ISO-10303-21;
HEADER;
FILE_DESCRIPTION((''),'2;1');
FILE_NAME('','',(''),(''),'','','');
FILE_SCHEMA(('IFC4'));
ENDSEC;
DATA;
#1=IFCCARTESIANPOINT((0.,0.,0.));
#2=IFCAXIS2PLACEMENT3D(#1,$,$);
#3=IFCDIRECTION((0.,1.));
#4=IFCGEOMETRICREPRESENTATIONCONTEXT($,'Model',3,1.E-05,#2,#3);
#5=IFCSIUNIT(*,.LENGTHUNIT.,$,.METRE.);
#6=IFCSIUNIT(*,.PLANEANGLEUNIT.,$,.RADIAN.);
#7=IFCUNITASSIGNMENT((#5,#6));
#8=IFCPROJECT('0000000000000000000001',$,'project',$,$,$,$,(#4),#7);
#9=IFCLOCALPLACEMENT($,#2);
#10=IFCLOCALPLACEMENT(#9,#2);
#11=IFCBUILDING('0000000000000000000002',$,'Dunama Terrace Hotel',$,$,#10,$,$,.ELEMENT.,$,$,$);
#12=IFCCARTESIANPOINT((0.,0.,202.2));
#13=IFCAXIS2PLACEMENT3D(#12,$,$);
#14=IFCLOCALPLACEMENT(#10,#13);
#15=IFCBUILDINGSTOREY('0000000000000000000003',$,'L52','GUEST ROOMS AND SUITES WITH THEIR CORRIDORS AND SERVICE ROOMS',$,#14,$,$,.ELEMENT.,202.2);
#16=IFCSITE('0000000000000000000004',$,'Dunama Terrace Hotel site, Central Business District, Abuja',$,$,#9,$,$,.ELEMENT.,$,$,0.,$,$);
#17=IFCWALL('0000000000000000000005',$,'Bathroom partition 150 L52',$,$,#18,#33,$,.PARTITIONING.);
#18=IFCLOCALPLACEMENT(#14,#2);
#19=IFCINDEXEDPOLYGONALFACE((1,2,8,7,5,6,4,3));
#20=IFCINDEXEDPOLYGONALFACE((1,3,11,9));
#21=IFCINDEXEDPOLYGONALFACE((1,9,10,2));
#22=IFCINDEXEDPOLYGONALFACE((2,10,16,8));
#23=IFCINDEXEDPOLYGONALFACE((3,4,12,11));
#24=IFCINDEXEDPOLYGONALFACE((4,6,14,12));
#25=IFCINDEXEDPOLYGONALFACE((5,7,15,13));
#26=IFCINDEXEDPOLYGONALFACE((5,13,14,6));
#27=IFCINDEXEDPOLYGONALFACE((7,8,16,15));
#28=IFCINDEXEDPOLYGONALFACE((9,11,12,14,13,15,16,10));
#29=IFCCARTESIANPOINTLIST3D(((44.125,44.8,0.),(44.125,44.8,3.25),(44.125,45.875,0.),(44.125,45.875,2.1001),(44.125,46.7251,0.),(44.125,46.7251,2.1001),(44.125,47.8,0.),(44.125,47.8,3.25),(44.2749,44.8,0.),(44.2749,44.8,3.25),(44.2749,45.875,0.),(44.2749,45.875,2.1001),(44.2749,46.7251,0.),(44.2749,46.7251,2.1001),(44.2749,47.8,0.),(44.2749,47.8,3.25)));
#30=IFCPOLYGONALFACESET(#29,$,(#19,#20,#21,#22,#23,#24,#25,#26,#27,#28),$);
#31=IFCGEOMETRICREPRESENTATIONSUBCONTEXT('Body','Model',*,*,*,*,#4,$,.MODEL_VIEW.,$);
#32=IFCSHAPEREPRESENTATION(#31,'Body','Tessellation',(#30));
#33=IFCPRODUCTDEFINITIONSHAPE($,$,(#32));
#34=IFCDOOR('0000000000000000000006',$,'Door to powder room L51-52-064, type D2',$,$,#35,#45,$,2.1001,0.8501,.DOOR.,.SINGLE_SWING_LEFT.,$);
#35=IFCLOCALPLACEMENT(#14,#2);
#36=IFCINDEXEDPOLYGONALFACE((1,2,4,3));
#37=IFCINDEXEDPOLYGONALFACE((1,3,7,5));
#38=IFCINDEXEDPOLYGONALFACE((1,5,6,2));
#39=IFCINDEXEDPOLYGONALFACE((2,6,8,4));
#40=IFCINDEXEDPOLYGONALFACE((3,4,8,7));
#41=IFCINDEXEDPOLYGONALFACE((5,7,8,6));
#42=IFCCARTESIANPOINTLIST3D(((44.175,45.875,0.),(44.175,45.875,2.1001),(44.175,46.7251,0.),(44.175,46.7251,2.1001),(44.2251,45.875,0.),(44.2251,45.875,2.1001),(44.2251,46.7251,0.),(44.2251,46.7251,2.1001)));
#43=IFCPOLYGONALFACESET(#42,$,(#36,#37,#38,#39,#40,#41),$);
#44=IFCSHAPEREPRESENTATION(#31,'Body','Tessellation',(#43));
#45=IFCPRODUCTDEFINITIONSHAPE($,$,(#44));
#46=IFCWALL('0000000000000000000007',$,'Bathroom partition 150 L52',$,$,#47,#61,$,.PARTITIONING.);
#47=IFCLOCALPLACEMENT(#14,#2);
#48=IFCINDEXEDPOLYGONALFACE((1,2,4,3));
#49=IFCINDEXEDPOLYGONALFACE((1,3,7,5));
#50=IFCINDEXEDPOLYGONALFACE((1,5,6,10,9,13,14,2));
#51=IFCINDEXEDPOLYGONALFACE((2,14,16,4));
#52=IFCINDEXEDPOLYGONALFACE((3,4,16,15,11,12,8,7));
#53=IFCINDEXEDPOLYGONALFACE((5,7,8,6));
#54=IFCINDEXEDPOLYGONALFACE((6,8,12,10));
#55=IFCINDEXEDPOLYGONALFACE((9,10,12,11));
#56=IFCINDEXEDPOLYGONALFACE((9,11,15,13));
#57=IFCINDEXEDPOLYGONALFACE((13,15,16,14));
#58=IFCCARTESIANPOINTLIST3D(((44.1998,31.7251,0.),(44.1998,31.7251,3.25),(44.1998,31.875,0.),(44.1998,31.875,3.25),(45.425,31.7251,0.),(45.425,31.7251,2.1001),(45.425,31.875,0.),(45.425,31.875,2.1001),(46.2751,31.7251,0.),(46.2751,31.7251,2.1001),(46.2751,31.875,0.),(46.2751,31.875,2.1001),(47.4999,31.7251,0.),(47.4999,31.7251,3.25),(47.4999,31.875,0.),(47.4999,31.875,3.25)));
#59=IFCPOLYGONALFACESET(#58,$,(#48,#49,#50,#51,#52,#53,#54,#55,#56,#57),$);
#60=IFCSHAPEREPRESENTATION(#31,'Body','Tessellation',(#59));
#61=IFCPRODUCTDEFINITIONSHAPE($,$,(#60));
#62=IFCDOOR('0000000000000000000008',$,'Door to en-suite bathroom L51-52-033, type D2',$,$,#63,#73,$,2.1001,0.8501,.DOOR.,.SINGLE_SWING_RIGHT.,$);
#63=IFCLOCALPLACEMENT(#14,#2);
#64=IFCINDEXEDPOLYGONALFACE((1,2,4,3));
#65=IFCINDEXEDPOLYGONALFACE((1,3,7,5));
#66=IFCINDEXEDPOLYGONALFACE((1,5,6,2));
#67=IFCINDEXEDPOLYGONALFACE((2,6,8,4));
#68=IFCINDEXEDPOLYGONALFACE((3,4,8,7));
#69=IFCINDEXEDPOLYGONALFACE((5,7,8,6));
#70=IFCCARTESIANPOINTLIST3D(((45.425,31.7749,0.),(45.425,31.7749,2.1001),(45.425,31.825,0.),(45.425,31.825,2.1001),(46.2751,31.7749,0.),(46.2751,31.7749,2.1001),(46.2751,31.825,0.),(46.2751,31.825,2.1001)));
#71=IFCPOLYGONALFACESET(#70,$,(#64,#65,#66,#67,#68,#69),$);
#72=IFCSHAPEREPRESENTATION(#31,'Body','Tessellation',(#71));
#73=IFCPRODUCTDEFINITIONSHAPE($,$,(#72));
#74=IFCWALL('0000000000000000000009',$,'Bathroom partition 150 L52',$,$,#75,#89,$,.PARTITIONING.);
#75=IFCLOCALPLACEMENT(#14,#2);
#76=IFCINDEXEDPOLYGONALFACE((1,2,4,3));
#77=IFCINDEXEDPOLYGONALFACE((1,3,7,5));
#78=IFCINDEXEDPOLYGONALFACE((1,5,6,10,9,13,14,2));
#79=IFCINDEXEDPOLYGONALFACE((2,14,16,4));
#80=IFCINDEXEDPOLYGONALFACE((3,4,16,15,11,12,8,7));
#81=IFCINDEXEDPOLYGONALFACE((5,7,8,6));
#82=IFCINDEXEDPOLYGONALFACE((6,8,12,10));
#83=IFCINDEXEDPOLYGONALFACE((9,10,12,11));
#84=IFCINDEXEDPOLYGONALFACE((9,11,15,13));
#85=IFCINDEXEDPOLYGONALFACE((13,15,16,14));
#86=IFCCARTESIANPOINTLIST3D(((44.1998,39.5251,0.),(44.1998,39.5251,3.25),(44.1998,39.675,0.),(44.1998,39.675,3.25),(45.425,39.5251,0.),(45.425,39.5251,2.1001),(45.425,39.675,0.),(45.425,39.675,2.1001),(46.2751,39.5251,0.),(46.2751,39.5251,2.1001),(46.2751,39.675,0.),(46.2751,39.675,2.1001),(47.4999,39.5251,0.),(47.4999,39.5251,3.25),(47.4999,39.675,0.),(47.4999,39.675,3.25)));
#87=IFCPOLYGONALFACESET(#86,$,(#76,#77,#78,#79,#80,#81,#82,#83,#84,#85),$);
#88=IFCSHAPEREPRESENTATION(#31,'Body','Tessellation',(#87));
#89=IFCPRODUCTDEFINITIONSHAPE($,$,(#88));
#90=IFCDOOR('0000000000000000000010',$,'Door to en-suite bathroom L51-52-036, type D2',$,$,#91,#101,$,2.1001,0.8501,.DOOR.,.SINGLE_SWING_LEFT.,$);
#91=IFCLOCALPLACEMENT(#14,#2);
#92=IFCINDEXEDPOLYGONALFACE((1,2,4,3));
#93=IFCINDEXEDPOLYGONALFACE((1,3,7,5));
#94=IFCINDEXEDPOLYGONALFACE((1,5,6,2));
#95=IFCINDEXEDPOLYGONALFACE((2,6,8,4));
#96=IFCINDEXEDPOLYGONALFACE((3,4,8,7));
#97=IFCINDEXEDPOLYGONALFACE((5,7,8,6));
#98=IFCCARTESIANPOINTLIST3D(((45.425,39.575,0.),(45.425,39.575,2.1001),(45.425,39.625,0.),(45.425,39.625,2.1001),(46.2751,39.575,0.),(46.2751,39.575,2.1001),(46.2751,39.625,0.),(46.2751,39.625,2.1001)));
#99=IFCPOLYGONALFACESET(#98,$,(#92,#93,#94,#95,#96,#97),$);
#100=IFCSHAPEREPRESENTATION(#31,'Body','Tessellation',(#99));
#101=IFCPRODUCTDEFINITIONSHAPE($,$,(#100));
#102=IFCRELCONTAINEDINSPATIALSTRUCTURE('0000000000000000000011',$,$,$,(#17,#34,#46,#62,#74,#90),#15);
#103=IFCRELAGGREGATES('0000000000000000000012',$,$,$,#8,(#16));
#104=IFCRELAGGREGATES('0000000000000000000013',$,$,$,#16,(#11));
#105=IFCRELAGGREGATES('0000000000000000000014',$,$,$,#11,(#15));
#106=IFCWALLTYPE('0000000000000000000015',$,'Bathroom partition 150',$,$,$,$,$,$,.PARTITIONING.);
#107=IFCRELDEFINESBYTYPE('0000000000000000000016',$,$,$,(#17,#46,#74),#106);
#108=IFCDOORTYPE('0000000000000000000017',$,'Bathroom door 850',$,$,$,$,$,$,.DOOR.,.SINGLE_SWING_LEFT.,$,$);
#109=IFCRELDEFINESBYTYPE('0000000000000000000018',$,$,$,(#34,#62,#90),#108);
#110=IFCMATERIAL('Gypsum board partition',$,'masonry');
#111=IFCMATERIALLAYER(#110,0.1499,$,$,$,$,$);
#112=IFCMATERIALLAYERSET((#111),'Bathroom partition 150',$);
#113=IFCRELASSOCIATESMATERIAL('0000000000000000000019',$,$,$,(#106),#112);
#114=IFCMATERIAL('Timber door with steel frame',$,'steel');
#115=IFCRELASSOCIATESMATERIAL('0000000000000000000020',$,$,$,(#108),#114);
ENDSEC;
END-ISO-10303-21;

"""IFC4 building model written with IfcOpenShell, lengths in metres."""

from ifc_helpers import new_model, si_unit, direction, frame, frame_2d, origin, place, context, subcontext, project, spatial, rectangle, extrude, material, layer, layer_set, type_object, element, fill, save


model = new_model("IFC4")

# Units and contexts
model_context = context("Model", 3, precision=1e-05, world=origin(), true_north=direction((0.0, 1.0)))
body_context = subcontext(model_context, "Body", "Model", "MODEL_VIEW")
ifc_project = project(units=[si_unit("LENGTHUNIT", "METRE"), si_unit("PLANEANGLEUNIT", "RADIAN")], contexts=[model_context])

# Site, building, storey
site_placement = place(None, origin())
site = spatial("IfcSite", under=ifc_project, at=site_placement, Name="Dunama Terrace Hotel site, Central Business District, Abuja", CompositionType="ELEMENT", RefElevation=0.0)
building_placement = place(site_placement, origin())
building = spatial("IfcBuilding", under=site, at=building_placement, Name="Dunama Terrace Hotel", CompositionType="ELEMENT")
storey_placement = place(building_placement, frame((0.0, 0.0, 202.2)))
storey = spatial("IfcBuildingStorey", under=building, at=storey_placement, Name="L52", Description="GUEST ROOMS AND SUITES WITH THEIR CORRIDORS AND SERVICE ROOMS", CompositionType="ELEMENT", Elevation=202.2)

# Walls, openings, doors
ifc_material_1 = material(Name="Gypsum board partition", Category="masonry")
ifc_layer_1 = layer(ifc_material_1, 0.1499)
ifc_layer_set_1 = layer_set([ifc_layer_1], Name="Bathroom partition 150")
wall_type_1 = type_object("IfcWallType", Name="Bathroom partition 150", PredefinedType="PARTITIONING", material=ifc_layer_set_1)
wall_1_placement = place(storey_placement, frame((44.2, 44.8, 0.0), z_axis=(0.0, 0.0, 1.0), x_axis=(0.0, 1.0, 0.0)))
wall_1 = element("IfcWall", 1, at=wall_1_placement, inside=storey, type_object=wall_type_1, Name="Bathroom partition 150 L52", PredefinedType="PARTITIONING", context=body_context, shape_type="SweptSolid", body=[
    extrude(rectangle(XDim=3.0, YDim=0.1499, at=frame_2d((1.5, 0.0))), origin(), (0.0, 0.0, 1.0), 3.25),
])
opening_1_placement = place(wall_1_placement, frame((1.075, 0.0, 0.0)))
opening_1 = element("IfcOpeningElement", 2, at=opening_1_placement, cuts=wall_1, PredefinedType="OPENING", context=body_context, shape_type="SweptSolid", body=[
    extrude(rectangle(XDim=0.8501, YDim=2.1001, at=frame_2d((0.425, 1.05))), frame((0.0, 0.085, 0.0), z_axis=(0.0, -1.0, 0.0), x_axis=(1.0, 0.0, 0.0)), (0.0, 0.0, 1.0), 0.1699),
])
ifc_material_2 = material(Name="Timber door with steel frame", Category="steel")
door_type_1 = type_object("IfcDoorType", Name="Bathroom door 850", OperationType="SINGLE_SWING_LEFT", PredefinedType="DOOR", material=ifc_material_2)
door_1_placement = place(opening_1_placement, origin())
door_1 = element("IfcDoor", 3, at=door_1_placement, inside=storey, type_object=door_type_1, Name="Door to powder room L51-52-064, type D2", OperationType="SINGLE_SWING_LEFT", OverallHeight=2.1001, OverallWidth=0.8501, PredefinedType="DOOR", context=body_context, shape_type="SweptSolid", body=[
    extrude(rectangle(XDim=0.8501, YDim=2.1001, at=frame_2d((0.425, 1.05))), frame((0.0, 0.0249, 0.0), z_axis=(0.0, -1.0, 0.0), x_axis=(1.0, 0.0, 0.0)), (0.0, 0.0, 1.0), 0.05),
])
fill(opening_1, door_1)
wall_2_placement = place(storey_placement, frame((44.2, 31.8, 0.0), z_axis=(0.0, 0.0, 1.0), x_axis=(1.0, 0.0, 0.0)))
wall_2 = element("IfcWall", 4, at=wall_2_placement, inside=storey, type_object=wall_type_1, Name="Bathroom partition 150 L52", PredefinedType="PARTITIONING", context=body_context, shape_type="SweptSolid", body=[
    extrude(rectangle(XDim=3.3, YDim=0.1499, at=frame_2d((1.6499, 0.0))), origin(), (0.0, 0.0, 1.0), 3.25),
])
opening_2_placement = place(wall_2_placement, frame((1.2251, 0.0, 0.0)))
opening_2 = element("IfcOpeningElement", 5, at=opening_2_placement, cuts=wall_2, PredefinedType="OPENING", context=body_context, shape_type="SweptSolid", body=[
    extrude(rectangle(XDim=0.8501, YDim=2.1001, at=frame_2d((0.425, 1.05))), frame((0.0, 0.085, 0.0), z_axis=(0.0, -1.0, 0.0), x_axis=(1.0, 0.0, 0.0)), (0.0, 0.0, 1.0), 0.1699),
])
door_2_placement = place(opening_2_placement, frame((0.8501, 0.0, 0.0), z_axis=(0.0, 0.0, 1.0), x_axis=(-1.0, 0.0, 0.0)))
door_2 = element("IfcDoor", 6, at=door_2_placement, inside=storey, type_object=door_type_1, Name="Door to en-suite bathroom L51-52-033, type D2", OperationType="SINGLE_SWING_RIGHT", OverallHeight=2.1001, OverallWidth=0.8501, PredefinedType="DOOR", context=body_context, shape_type="SweptSolid", body=[
    extrude(rectangle(XDim=0.8501, YDim=2.1001, at=frame_2d((0.425, 1.05))), frame((0.0, 0.0251, 0.0), z_axis=(0.0, -1.0, 0.0), x_axis=(1.0, 0.0, 0.0)), (0.0, 0.0, 1.0), 0.05),
])
fill(opening_2, door_2)
wall_3_placement = place(storey_placement, frame((44.2, 39.6001, 0.0), z_axis=(0.0, 0.0, 1.0), x_axis=(1.0, 0.0, 0.0)))
wall_3 = element("IfcWall", 7, at=wall_3_placement, inside=storey, type_object=wall_type_1, Name="Bathroom partition 150 L52", PredefinedType="PARTITIONING", context=body_context, shape_type="SweptSolid", body=[
    extrude(rectangle(XDim=3.3, YDim=0.1499, at=frame_2d((1.6499, 0.0))), origin(), (0.0, 0.0, 1.0), 3.25),
])
opening_3_placement = place(wall_3_placement, frame((1.2251, 0.0, 0.0)))
opening_3 = element("IfcOpeningElement", 8, at=opening_3_placement, cuts=wall_3, PredefinedType="OPENING", context=body_context, shape_type="SweptSolid", body=[
    extrude(rectangle(XDim=0.8501, YDim=2.1001, at=frame_2d((0.425, 1.05))), frame((0.0, 0.085, 0.0), z_axis=(0.0, -1.0, 0.0), x_axis=(1.0, 0.0, 0.0)), (0.0, 0.0, 1.0), 0.1699),
])
door_3_placement = place(opening_3_placement, origin())
door_3 = element("IfcDoor", 9, at=door_3_placement, inside=storey, type_object=door_type_1, Name="Door to en-suite bathroom L51-52-036, type D2", OperationType="SINGLE_SWING_LEFT", OverallHeight=2.1001, OverallWidth=0.8501, PredefinedType="DOOR", context=body_context, shape_type="SweptSolid", body=[
    extrude(rectangle(XDim=0.8501, YDim=2.1001, at=frame_2d((0.425, 1.05))), frame((0.0, 0.0249, 0.0), z_axis=(0.0, -1.0, 0.0), x_axis=(1.0, 0.0, 0.0)), (0.0, 0.0, 1.0), 0.05),
])
fill(opening_3, door_3)

save(model, "model.ifc")
